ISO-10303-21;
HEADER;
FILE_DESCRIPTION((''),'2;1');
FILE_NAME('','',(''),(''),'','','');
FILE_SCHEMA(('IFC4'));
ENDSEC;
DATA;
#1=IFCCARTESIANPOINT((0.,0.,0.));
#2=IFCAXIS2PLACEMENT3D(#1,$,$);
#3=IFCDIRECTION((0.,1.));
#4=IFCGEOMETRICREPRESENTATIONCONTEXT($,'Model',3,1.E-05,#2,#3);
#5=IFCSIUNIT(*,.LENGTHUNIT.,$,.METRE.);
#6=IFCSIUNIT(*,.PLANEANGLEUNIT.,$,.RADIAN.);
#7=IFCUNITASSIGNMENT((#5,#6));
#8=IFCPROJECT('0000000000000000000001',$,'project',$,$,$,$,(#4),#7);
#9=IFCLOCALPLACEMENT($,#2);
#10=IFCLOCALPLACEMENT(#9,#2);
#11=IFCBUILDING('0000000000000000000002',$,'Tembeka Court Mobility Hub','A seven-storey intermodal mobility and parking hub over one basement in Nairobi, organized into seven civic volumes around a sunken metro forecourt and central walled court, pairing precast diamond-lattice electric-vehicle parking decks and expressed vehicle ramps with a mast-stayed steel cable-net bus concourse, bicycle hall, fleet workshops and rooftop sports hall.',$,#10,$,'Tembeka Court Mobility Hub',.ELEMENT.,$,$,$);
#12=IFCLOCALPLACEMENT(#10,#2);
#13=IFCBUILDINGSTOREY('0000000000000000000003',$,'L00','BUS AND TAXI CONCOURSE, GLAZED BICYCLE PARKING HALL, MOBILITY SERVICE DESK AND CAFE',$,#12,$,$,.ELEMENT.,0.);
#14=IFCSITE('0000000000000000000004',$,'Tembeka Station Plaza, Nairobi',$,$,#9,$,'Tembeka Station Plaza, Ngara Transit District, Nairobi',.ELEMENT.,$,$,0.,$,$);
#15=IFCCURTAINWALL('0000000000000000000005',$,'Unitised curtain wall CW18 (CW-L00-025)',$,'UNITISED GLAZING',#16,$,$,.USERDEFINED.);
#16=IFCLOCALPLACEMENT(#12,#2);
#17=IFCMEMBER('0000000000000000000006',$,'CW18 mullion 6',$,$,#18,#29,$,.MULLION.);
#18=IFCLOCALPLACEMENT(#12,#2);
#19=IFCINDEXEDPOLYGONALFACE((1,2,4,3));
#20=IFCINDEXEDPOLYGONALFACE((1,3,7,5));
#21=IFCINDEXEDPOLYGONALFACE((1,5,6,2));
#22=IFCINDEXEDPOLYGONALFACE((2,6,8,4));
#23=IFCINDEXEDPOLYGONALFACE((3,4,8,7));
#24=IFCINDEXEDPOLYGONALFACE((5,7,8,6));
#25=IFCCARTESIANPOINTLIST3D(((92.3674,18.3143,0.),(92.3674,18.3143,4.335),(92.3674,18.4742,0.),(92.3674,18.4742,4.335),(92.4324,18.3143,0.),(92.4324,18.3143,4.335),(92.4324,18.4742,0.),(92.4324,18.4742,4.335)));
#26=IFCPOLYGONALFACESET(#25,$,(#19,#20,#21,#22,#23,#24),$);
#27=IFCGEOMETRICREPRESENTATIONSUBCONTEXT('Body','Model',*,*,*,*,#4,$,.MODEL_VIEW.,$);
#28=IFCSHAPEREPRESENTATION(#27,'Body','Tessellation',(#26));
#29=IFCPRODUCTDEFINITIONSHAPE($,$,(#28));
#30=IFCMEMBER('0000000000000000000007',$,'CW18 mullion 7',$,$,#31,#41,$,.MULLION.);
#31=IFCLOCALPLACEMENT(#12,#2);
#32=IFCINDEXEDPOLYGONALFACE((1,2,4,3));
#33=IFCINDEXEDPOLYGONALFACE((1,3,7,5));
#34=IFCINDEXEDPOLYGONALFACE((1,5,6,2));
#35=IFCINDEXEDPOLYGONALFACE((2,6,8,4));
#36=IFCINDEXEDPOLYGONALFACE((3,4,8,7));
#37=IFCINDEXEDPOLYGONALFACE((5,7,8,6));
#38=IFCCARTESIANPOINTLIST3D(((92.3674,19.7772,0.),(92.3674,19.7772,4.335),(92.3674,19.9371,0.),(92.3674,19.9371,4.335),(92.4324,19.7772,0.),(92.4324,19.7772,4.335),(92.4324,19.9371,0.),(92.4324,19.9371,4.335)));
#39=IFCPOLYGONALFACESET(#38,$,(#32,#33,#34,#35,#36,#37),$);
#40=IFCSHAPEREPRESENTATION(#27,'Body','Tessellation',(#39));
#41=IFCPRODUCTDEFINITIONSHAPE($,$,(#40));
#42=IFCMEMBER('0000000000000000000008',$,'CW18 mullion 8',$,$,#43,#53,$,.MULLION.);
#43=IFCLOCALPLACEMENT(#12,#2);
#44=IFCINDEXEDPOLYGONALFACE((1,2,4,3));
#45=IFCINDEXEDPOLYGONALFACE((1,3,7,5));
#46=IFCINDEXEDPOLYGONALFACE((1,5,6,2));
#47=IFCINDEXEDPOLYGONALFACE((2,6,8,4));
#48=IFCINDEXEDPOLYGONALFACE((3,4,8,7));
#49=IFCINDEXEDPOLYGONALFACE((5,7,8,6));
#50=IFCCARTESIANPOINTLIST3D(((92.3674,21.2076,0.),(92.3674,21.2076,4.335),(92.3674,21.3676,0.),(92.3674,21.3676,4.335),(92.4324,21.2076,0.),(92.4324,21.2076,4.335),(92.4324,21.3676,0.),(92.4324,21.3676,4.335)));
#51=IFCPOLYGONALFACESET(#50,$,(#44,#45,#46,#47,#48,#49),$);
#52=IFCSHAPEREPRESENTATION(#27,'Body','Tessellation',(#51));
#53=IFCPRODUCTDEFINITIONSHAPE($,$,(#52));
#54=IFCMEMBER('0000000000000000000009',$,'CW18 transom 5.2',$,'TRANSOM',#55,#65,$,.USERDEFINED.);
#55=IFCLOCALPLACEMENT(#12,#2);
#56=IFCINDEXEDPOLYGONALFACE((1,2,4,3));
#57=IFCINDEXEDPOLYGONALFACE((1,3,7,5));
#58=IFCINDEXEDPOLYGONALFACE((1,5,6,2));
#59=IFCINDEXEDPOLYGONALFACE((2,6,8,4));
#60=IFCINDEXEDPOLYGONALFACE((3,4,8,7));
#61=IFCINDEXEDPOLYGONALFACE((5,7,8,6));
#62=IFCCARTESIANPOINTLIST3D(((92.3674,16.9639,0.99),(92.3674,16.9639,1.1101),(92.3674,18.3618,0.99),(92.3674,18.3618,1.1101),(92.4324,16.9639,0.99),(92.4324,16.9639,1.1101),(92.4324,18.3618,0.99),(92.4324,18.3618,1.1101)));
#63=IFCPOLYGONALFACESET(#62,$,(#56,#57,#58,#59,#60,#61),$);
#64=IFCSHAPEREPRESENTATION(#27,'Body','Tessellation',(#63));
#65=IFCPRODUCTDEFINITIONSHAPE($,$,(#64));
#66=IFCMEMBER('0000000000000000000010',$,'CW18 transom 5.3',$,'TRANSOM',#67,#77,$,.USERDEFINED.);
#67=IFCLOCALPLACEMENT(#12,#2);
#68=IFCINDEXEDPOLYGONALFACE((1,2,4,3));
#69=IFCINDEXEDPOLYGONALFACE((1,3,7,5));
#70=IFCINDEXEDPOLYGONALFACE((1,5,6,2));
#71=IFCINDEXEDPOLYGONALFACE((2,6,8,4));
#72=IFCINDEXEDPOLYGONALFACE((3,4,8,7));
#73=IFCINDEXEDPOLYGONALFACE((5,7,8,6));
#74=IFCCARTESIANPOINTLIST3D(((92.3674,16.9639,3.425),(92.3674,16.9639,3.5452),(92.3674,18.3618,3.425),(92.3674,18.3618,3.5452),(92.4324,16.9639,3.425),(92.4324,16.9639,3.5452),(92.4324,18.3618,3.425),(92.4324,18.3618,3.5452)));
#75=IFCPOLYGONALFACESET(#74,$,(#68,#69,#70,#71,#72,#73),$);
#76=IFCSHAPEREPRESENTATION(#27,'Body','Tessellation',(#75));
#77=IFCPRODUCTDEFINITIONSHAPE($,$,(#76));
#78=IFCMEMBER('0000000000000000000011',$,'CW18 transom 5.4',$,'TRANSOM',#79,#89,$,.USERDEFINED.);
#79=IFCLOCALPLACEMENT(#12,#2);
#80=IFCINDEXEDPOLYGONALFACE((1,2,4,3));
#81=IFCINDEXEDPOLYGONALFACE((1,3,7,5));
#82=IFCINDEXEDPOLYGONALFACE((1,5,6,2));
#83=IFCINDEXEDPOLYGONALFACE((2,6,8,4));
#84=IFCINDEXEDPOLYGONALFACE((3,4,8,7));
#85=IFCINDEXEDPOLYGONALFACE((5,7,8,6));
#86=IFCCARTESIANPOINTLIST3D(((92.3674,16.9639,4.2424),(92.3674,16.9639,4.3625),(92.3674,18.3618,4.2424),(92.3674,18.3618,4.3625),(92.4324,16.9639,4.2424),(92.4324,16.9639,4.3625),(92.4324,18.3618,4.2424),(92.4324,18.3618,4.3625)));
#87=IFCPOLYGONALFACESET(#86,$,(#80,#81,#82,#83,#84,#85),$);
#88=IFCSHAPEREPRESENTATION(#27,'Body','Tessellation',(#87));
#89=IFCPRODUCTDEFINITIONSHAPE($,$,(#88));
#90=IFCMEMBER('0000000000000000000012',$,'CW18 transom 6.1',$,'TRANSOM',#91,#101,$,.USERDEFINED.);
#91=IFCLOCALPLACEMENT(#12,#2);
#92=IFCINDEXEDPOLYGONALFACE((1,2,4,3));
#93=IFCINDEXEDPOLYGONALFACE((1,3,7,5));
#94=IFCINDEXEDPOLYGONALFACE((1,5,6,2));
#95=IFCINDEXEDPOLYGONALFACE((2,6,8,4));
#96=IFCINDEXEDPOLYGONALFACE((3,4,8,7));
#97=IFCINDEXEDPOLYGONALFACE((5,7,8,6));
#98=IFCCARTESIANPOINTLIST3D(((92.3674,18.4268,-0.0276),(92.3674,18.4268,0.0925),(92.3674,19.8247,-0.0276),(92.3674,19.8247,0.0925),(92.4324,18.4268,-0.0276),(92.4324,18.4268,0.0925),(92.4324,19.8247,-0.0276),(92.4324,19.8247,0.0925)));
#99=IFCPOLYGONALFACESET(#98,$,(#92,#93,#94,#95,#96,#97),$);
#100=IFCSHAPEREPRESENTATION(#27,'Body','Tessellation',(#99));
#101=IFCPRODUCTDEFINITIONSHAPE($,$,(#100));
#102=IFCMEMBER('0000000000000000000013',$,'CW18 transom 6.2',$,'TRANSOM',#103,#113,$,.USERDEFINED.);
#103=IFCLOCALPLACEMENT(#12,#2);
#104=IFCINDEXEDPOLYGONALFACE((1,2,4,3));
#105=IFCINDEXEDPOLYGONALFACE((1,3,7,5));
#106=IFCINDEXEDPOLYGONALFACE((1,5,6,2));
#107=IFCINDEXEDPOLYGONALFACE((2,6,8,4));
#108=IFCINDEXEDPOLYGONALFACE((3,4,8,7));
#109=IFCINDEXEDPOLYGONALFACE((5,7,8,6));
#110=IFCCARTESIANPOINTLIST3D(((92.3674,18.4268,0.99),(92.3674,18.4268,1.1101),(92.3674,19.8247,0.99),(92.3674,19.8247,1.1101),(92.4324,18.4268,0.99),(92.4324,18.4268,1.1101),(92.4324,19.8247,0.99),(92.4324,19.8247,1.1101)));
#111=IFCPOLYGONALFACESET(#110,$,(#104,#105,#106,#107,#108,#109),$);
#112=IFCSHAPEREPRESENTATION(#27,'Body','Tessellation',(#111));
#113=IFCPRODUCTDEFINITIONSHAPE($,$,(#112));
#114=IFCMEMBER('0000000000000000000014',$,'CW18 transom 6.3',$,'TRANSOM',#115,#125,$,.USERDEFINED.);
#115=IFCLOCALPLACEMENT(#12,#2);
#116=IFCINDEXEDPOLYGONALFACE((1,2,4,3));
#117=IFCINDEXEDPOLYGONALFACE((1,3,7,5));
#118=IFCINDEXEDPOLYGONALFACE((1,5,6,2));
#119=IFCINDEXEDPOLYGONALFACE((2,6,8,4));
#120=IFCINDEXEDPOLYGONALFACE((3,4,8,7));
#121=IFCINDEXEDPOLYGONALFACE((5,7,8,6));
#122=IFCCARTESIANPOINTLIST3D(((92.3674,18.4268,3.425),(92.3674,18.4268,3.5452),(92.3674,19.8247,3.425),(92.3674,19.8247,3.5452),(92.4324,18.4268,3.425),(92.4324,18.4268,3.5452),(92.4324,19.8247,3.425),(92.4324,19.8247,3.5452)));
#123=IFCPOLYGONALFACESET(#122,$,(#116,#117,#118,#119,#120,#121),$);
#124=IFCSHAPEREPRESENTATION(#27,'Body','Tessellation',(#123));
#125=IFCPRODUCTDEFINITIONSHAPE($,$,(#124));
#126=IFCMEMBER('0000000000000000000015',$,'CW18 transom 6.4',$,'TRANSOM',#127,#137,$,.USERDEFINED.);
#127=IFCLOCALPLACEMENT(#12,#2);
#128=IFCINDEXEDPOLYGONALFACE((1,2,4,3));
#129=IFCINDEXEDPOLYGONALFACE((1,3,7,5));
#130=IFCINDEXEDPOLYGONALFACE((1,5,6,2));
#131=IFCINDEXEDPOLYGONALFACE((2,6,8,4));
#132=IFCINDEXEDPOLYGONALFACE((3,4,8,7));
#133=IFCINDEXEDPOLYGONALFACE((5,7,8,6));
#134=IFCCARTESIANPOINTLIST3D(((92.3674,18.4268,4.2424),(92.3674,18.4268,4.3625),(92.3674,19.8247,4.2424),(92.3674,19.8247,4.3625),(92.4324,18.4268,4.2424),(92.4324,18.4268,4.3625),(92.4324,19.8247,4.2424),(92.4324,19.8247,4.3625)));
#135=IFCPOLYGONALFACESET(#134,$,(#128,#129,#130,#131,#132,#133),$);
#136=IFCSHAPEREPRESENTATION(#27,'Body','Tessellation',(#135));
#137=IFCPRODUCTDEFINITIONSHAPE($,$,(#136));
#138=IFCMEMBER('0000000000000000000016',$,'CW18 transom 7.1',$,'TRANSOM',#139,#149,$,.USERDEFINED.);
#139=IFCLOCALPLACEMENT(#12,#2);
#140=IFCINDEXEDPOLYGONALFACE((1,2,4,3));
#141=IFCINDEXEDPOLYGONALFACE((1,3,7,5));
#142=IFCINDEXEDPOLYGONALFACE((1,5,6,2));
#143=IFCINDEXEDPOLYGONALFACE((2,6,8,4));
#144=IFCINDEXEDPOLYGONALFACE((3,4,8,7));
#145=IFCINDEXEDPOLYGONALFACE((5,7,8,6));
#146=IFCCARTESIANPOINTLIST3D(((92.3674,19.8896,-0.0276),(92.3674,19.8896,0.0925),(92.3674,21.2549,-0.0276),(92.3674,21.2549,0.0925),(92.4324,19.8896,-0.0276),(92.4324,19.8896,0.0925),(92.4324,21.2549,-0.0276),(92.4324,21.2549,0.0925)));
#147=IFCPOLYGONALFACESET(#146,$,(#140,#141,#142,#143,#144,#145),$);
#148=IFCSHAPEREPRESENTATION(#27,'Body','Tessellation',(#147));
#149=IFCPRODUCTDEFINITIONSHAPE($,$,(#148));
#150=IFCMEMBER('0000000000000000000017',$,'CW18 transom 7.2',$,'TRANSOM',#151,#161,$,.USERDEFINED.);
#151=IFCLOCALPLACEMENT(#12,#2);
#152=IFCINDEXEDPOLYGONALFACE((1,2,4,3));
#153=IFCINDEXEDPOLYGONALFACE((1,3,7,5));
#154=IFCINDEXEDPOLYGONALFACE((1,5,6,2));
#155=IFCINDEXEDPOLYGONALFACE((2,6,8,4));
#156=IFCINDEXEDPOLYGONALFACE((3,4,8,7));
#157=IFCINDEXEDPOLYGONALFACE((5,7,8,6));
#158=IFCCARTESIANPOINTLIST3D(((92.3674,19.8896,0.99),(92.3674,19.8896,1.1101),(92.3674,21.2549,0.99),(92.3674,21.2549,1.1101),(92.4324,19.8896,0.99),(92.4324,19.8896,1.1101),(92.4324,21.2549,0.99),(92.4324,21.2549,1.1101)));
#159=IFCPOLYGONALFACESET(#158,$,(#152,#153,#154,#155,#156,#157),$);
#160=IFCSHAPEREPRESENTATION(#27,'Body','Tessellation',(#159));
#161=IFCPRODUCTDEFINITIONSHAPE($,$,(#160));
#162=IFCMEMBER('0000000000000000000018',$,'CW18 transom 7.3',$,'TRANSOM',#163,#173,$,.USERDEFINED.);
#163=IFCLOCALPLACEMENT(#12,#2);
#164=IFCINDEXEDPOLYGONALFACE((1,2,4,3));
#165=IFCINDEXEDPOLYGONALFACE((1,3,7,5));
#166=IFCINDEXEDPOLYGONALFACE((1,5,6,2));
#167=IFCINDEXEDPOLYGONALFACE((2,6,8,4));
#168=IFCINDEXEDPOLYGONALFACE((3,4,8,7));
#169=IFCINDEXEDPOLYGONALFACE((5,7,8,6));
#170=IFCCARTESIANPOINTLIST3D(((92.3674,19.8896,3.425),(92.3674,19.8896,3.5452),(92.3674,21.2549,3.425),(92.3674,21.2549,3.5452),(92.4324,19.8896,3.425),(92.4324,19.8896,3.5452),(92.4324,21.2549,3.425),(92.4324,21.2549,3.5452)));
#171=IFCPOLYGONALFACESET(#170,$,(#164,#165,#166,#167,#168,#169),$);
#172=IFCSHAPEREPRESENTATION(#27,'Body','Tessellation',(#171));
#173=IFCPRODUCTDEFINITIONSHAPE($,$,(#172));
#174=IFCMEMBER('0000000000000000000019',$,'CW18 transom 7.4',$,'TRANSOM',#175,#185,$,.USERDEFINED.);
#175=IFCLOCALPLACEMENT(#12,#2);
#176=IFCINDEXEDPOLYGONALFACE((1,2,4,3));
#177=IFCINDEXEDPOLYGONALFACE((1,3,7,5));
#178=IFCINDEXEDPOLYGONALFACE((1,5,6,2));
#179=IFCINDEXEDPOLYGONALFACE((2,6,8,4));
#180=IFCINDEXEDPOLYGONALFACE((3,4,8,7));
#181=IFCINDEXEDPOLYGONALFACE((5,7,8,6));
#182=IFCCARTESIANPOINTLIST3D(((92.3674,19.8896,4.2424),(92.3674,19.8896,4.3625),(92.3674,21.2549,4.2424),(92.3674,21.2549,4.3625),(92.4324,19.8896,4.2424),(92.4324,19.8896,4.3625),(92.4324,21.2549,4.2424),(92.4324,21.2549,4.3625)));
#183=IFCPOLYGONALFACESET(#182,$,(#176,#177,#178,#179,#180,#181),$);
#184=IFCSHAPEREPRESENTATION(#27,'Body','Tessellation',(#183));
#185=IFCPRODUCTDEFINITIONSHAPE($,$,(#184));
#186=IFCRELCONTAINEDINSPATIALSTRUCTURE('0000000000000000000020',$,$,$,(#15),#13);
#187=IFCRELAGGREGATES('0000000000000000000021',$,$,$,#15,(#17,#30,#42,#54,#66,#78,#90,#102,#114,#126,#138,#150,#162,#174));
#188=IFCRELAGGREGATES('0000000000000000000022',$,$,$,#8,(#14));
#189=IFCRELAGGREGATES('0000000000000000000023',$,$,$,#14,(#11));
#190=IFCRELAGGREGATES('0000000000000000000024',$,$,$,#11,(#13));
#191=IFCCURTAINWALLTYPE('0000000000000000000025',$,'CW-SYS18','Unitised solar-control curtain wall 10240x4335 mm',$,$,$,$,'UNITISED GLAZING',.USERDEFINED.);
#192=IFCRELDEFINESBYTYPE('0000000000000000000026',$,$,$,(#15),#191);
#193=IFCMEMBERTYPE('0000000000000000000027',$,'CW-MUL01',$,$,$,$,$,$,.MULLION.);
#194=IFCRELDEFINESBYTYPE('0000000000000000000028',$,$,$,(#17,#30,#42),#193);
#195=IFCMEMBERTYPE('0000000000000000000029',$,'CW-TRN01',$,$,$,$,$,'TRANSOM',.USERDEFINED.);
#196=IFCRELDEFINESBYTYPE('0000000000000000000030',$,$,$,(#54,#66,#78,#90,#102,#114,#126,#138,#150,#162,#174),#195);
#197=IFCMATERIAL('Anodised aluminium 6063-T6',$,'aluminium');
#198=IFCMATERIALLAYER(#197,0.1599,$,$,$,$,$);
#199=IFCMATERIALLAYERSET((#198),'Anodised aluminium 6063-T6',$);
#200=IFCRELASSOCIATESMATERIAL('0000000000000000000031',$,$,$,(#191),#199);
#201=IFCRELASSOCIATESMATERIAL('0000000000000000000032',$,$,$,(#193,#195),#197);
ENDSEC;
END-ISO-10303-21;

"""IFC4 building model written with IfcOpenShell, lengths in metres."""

from ifc_helpers import new_model, si_unit, direction, frame, origin, origin_2d, place, context, subcontext, project, spatial, rectangle, extrude, material, layer, layer_set, material_profile, profile_set, type_object, element, aggregate, save


model = new_model("IFC4")

# Units and contexts
model_context = context("Model", 3, precision=1e-05, world=origin(), true_north=direction((0.0, 1.0)))
body_context = subcontext(model_context, "Body", "Model", "MODEL_VIEW")
ifc_project = project(units=[si_unit("LENGTHUNIT", "METRE"), si_unit("PLANEANGLEUNIT", "RADIAN")], contexts=[model_context])

# Site, building, storey
site_placement = place(None, origin())
site = spatial("IfcSite", under=ifc_project, at=site_placement, Name="Tembeka Station Plaza, Nairobi", LongName="Tembeka Station Plaza, Ngara Transit District, Nairobi", CompositionType="ELEMENT", RefElevation=0.0)
building_placement = place(site_placement, origin())
building = spatial("IfcBuilding", under=site, at=building_placement, Name="Tembeka Court Mobility Hub", Description="A seven-storey intermodal mobility and parking hub over one basement in Nairobi, organized into seven civic volumes around a sunken metro forecourt and central walled court, pairing precast diamond-lattice electric-vehicle parking decks and expressed vehicle ramps with a mast-stayed steel cable-net bus concourse, bicycle hall, fleet workshops and rooftop sports hall.", LongName="Tembeka Court Mobility Hub", CompositionType="ELEMENT")
storey_placement = place(building_placement, origin())
storey = spatial("IfcBuildingStorey", under=building, at=storey_placement, Name="L00", Description="BUS AND TAXI CONCOURSE, GLAZED BICYCLE PARKING HALL, MOBILITY SERVICE DESK AND CAFE", CompositionType="ELEMENT", Elevation=0.0)

# Curtain wall, members
ifc_material_1 = material(Name="Anodised aluminium 6063-T6", Category="aluminium")
ifc_layer_1 = layer(ifc_material_1, 0.1599)
ifc_layer_set_1 = layer_set([ifc_layer_1], Name="Anodised aluminium 6063-T6")
curtain_wall_type = type_object("IfcCurtainWallType", Name="CW-SYS18", Description="Unitised solar-control curtain wall 10240x4335 mm", ElementType="UNITISED GLAZING", PredefinedType="USERDEFINED", material=ifc_layer_set_1)
curtain_wall_placement = place(storey_placement, origin())
curtain_wall = element("IfcCurtainWall", 1, at=curtain_wall_placement, inside=storey, type_object=curtain_wall_type, Name="Unitised curtain wall CW18 (CW-L00-025)", ObjectType="UNITISED GLAZING", PredefinedType="USERDEFINED")
ifc_material_profile_1 = material_profile(ifc_material_1, rectangle(XDim=0.0649, YDim=0.1599, at=origin_2d()), Name="ALU-MUL 65x160")
ifc_profile_set_1 = profile_set([ifc_material_profile_1], Name="Anodised aluminium 6063-T6")
member_type_1 = type_object("IfcMemberType", Name="CW-MUL01", PredefinedType="MULLION", material=ifc_profile_set_1)
member_1_placement = place(storey_placement, frame((92.3999, 18.3943, 0.0), z_axis=(0.0, 0.0, 1.0), x_axis=(-1.0, 0.0, 0.0)))
member_1 = element("IfcMember", 2, at=member_1_placement, type_object=member_type_1, Name="CW18 mullion 6", PredefinedType="MULLION", context=body_context, shape_type="SweptSolid", body=[
    extrude(rectangle(XDim=0.0649, YDim=0.1599, at=origin_2d()), origin(), (0.0, 0.0, 1.0), 4.335),
])
member_2_placement = place(storey_placement, frame((92.3999, 19.8572, 0.0), z_axis=(0.0, 0.0, 1.0), x_axis=(-1.0, 0.0, 0.0)))
member_2 = element("IfcMember", 3, at=member_2_placement, type_object=member_type_1, Name="CW18 mullion 7", PredefinedType="MULLION", context=body_context, shape_type="SweptSolid", body=[
    extrude(rectangle(XDim=0.0649, YDim=0.1599, at=origin_2d()), origin(), (0.0, 0.0, 1.0), 4.335),
])
member_3_placement = place(storey_placement, frame((92.3999, 21.2876, 0.0), z_axis=(0.0, 0.0, 1.0), x_axis=(-1.0, 0.0, 0.0)))
member_3 = element("IfcMember", 4, at=member_3_placement, type_object=member_type_1, Name="CW18 mullion 8", PredefinedType="MULLION", context=body_context, shape_type="SweptSolid", body=[
    extrude(rectangle(XDim=0.0649, YDim=0.1599, at=origin_2d()), origin(), (0.0, 0.0, 1.0), 4.335),
])
ifc_material_profile_2 = material_profile(ifc_material_1, rectangle(XDim=0.0649, YDim=0.1201, at=origin_2d()), Name="ALU-TRN 65x120")
ifc_profile_set_2 = profile_set([ifc_material_profile_2], Name="Anodised aluminium 6063-T6")
member_type_2 = type_object("IfcMemberType", Name="CW-TRN01", ElementType="TRANSOM", PredefinedType="USERDEFINED", material=ifc_profile_set_2)
member_4_placement = place(storey_placement, frame((92.3999, 16.9639, 1.05), z_axis=(0.0, 1.0, 0.0), x_axis=(-1.0, 0.0, 0.0)))
member_4 = element("IfcMember", 5, at=member_4_placement, type_object=member_type_2, Name="CW18 transom 5.2", ObjectType="TRANSOM", PredefinedType="USERDEFINED", context=body_context, shape_type="SweptSolid", body=[
    extrude(rectangle(XDim=0.0649, YDim=0.1201, at=origin_2d()), origin(), (0.0, 0.0, 1.0), 1.3979),
])
member_5_placement = place(storey_placement, frame((92.3999, 16.9639, 3.4851), z_axis=(0.0, 1.0, 0.0), x_axis=(-1.0, 0.0, 0.0)))
member_5 = element("IfcMember", 6, at=member_5_placement, type_object=member_type_2, Name="CW18 transom 5.3", ObjectType="TRANSOM", PredefinedType="USERDEFINED", context=body_context, shape_type="SweptSolid", body=[
    extrude(rectangle(XDim=0.0649, YDim=0.1201, at=origin_2d()), origin(), (0.0, 0.0, 1.0), 1.3979),
])
member_6_placement = place(storey_placement, frame((92.3999, 16.9639, 4.3025), z_axis=(0.0, 1.0, 0.0), x_axis=(-1.0, 0.0, 0.0)))
member_6 = element("IfcMember", 7, at=member_6_placement, type_object=member_type_2, Name="CW18 transom 5.4", ObjectType="TRANSOM", PredefinedType="USERDEFINED", context=body_context, shape_type="SweptSolid", body=[
    extrude(rectangle(XDim=0.0649, YDim=0.1201, at=origin_2d()), origin(), (0.0, 0.0, 1.0), 1.3979),
])
member_7_placement = place(storey_placement, frame((92.3999, 18.4268, 0.0325), z_axis=(0.0, 1.0, 0.0), x_axis=(-1.0, 0.0, 0.0)))
member_7 = element("IfcMember", 8, at=member_7_placement, type_object=member_type_2, Name="CW18 transom 6.1", ObjectType="TRANSOM", PredefinedType="USERDEFINED", context=body_context, shape_type="SweptSolid", body=[
    extrude(rectangle(XDim=0.0649, YDim=0.1201, at=origin_2d()), origin(), (0.0, 0.0, 1.0), 1.3979),
])
member_8_placement = place(storey_placement, frame((92.3999, 18.4268, 1.05), z_axis=(0.0, 1.0, 0.0), x_axis=(-1.0, 0.0, 0.0)))
member_8 = element("IfcMember", 9, at=member_8_placement, type_object=member_type_2, Name="CW18 transom 6.2", ObjectType="TRANSOM", PredefinedType="USERDEFINED", context=body_context, shape_type="SweptSolid", body=[
    extrude(rectangle(XDim=0.0649, YDim=0.1201, at=origin_2d()), origin(), (0.0, 0.0, 1.0), 1.3979),
])
member_9_placement = place(storey_placement, frame((92.3999, 18.4268, 3.4851), z_axis=(0.0, 1.0, 0.0), x_axis=(-1.0, 0.0, 0.0)))
member_9 = element("IfcMember", 10, at=member_9_placement, type_object=member_type_2, Name="CW18 transom 6.3", ObjectType="TRANSOM", PredefinedType="USERDEFINED", context=body_context, shape_type="SweptSolid", body=[
    extrude(rectangle(XDim=0.0649, YDim=0.1201, at=origin_2d()), origin(), (0.0, 0.0, 1.0), 1.3979),
])
member_10_placement = place(storey_placement, frame((92.3999, 18.4268, 4.3025), z_axis=(0.0, 1.0, 0.0), x_axis=(-1.0, 0.0, 0.0)))
member_10 = element("IfcMember", 11, at=member_10_placement, type_object=member_type_2, Name="CW18 transom 6.4", ObjectType="TRANSOM", PredefinedType="USERDEFINED", context=body_context, shape_type="SweptSolid", body=[
    extrude(rectangle(XDim=0.0649, YDim=0.1201, at=origin_2d()), origin(), (0.0, 0.0, 1.0), 1.3979),
])
member_11_placement = place(storey_placement, frame((92.3999, 19.8896, 0.0325), z_axis=(0.0, 1.0, 0.0), x_axis=(-1.0, 0.0, 0.0)))
member_11 = element("IfcMember", 12, at=member_11_placement, type_object=member_type_2, Name="CW18 transom 7.1", ObjectType="TRANSOM", PredefinedType="USERDEFINED", context=body_context, shape_type="SweptSolid", body=[
    extrude(rectangle(XDim=0.0649, YDim=0.1201, at=origin_2d()), origin(), (0.0, 0.0, 1.0), 1.3652),
])
member_12_placement = place(storey_placement, frame((92.3999, 19.8896, 1.05), z_axis=(0.0, 1.0, 0.0), x_axis=(-1.0, 0.0, 0.0)))
member_12 = element("IfcMember", 13, at=member_12_placement, type_object=member_type_2, Name="CW18 transom 7.2", ObjectType="TRANSOM", PredefinedType="USERDEFINED", context=body_context, shape_type="SweptSolid", body=[
    extrude(rectangle(XDim=0.0649, YDim=0.1201, at=origin_2d()), origin(), (0.0, 0.0, 1.0), 1.3652),
])
member_13_placement = place(storey_placement, frame((92.3999, 19.8896, 3.4851), z_axis=(0.0, 1.0, 0.0), x_axis=(-1.0, 0.0, 0.0)))
member_13 = element("IfcMember", 14, at=member_13_placement, type_object=member_type_2, Name="CW18 transom 7.3", ObjectType="TRANSOM", PredefinedType="USERDEFINED", context=body_context, shape_type="SweptSolid", body=[
    extrude(rectangle(XDim=0.0649, YDim=0.1201, at=origin_2d()), origin(), (0.0, 0.0, 1.0), 1.3652),
])
member_14_placement = place(storey_placement, frame((92.3999, 19.8896, 4.3025), z_axis=(0.0, 1.0, 0.0), x_axis=(-1.0, 0.0, 0.0)))
member_14 = element("IfcMember", 15, at=member_14_placement, type_object=member_type_2, Name="CW18 transom 7.4", ObjectType="TRANSOM", PredefinedType="USERDEFINED", context=body_context, shape_type="SweptSolid", body=[
    extrude(rectangle(XDim=0.0649, YDim=0.1201, at=origin_2d()), origin(), (0.0, 0.0, 1.0), 1.3652),
])
aggregate(curtain_wall, [member_1, member_2, member_3, member_4, member_5, member_6, member_7, member_8, member_9, member_10, member_11, member_12, member_13, member_14])

save(model, "model.ifc")
